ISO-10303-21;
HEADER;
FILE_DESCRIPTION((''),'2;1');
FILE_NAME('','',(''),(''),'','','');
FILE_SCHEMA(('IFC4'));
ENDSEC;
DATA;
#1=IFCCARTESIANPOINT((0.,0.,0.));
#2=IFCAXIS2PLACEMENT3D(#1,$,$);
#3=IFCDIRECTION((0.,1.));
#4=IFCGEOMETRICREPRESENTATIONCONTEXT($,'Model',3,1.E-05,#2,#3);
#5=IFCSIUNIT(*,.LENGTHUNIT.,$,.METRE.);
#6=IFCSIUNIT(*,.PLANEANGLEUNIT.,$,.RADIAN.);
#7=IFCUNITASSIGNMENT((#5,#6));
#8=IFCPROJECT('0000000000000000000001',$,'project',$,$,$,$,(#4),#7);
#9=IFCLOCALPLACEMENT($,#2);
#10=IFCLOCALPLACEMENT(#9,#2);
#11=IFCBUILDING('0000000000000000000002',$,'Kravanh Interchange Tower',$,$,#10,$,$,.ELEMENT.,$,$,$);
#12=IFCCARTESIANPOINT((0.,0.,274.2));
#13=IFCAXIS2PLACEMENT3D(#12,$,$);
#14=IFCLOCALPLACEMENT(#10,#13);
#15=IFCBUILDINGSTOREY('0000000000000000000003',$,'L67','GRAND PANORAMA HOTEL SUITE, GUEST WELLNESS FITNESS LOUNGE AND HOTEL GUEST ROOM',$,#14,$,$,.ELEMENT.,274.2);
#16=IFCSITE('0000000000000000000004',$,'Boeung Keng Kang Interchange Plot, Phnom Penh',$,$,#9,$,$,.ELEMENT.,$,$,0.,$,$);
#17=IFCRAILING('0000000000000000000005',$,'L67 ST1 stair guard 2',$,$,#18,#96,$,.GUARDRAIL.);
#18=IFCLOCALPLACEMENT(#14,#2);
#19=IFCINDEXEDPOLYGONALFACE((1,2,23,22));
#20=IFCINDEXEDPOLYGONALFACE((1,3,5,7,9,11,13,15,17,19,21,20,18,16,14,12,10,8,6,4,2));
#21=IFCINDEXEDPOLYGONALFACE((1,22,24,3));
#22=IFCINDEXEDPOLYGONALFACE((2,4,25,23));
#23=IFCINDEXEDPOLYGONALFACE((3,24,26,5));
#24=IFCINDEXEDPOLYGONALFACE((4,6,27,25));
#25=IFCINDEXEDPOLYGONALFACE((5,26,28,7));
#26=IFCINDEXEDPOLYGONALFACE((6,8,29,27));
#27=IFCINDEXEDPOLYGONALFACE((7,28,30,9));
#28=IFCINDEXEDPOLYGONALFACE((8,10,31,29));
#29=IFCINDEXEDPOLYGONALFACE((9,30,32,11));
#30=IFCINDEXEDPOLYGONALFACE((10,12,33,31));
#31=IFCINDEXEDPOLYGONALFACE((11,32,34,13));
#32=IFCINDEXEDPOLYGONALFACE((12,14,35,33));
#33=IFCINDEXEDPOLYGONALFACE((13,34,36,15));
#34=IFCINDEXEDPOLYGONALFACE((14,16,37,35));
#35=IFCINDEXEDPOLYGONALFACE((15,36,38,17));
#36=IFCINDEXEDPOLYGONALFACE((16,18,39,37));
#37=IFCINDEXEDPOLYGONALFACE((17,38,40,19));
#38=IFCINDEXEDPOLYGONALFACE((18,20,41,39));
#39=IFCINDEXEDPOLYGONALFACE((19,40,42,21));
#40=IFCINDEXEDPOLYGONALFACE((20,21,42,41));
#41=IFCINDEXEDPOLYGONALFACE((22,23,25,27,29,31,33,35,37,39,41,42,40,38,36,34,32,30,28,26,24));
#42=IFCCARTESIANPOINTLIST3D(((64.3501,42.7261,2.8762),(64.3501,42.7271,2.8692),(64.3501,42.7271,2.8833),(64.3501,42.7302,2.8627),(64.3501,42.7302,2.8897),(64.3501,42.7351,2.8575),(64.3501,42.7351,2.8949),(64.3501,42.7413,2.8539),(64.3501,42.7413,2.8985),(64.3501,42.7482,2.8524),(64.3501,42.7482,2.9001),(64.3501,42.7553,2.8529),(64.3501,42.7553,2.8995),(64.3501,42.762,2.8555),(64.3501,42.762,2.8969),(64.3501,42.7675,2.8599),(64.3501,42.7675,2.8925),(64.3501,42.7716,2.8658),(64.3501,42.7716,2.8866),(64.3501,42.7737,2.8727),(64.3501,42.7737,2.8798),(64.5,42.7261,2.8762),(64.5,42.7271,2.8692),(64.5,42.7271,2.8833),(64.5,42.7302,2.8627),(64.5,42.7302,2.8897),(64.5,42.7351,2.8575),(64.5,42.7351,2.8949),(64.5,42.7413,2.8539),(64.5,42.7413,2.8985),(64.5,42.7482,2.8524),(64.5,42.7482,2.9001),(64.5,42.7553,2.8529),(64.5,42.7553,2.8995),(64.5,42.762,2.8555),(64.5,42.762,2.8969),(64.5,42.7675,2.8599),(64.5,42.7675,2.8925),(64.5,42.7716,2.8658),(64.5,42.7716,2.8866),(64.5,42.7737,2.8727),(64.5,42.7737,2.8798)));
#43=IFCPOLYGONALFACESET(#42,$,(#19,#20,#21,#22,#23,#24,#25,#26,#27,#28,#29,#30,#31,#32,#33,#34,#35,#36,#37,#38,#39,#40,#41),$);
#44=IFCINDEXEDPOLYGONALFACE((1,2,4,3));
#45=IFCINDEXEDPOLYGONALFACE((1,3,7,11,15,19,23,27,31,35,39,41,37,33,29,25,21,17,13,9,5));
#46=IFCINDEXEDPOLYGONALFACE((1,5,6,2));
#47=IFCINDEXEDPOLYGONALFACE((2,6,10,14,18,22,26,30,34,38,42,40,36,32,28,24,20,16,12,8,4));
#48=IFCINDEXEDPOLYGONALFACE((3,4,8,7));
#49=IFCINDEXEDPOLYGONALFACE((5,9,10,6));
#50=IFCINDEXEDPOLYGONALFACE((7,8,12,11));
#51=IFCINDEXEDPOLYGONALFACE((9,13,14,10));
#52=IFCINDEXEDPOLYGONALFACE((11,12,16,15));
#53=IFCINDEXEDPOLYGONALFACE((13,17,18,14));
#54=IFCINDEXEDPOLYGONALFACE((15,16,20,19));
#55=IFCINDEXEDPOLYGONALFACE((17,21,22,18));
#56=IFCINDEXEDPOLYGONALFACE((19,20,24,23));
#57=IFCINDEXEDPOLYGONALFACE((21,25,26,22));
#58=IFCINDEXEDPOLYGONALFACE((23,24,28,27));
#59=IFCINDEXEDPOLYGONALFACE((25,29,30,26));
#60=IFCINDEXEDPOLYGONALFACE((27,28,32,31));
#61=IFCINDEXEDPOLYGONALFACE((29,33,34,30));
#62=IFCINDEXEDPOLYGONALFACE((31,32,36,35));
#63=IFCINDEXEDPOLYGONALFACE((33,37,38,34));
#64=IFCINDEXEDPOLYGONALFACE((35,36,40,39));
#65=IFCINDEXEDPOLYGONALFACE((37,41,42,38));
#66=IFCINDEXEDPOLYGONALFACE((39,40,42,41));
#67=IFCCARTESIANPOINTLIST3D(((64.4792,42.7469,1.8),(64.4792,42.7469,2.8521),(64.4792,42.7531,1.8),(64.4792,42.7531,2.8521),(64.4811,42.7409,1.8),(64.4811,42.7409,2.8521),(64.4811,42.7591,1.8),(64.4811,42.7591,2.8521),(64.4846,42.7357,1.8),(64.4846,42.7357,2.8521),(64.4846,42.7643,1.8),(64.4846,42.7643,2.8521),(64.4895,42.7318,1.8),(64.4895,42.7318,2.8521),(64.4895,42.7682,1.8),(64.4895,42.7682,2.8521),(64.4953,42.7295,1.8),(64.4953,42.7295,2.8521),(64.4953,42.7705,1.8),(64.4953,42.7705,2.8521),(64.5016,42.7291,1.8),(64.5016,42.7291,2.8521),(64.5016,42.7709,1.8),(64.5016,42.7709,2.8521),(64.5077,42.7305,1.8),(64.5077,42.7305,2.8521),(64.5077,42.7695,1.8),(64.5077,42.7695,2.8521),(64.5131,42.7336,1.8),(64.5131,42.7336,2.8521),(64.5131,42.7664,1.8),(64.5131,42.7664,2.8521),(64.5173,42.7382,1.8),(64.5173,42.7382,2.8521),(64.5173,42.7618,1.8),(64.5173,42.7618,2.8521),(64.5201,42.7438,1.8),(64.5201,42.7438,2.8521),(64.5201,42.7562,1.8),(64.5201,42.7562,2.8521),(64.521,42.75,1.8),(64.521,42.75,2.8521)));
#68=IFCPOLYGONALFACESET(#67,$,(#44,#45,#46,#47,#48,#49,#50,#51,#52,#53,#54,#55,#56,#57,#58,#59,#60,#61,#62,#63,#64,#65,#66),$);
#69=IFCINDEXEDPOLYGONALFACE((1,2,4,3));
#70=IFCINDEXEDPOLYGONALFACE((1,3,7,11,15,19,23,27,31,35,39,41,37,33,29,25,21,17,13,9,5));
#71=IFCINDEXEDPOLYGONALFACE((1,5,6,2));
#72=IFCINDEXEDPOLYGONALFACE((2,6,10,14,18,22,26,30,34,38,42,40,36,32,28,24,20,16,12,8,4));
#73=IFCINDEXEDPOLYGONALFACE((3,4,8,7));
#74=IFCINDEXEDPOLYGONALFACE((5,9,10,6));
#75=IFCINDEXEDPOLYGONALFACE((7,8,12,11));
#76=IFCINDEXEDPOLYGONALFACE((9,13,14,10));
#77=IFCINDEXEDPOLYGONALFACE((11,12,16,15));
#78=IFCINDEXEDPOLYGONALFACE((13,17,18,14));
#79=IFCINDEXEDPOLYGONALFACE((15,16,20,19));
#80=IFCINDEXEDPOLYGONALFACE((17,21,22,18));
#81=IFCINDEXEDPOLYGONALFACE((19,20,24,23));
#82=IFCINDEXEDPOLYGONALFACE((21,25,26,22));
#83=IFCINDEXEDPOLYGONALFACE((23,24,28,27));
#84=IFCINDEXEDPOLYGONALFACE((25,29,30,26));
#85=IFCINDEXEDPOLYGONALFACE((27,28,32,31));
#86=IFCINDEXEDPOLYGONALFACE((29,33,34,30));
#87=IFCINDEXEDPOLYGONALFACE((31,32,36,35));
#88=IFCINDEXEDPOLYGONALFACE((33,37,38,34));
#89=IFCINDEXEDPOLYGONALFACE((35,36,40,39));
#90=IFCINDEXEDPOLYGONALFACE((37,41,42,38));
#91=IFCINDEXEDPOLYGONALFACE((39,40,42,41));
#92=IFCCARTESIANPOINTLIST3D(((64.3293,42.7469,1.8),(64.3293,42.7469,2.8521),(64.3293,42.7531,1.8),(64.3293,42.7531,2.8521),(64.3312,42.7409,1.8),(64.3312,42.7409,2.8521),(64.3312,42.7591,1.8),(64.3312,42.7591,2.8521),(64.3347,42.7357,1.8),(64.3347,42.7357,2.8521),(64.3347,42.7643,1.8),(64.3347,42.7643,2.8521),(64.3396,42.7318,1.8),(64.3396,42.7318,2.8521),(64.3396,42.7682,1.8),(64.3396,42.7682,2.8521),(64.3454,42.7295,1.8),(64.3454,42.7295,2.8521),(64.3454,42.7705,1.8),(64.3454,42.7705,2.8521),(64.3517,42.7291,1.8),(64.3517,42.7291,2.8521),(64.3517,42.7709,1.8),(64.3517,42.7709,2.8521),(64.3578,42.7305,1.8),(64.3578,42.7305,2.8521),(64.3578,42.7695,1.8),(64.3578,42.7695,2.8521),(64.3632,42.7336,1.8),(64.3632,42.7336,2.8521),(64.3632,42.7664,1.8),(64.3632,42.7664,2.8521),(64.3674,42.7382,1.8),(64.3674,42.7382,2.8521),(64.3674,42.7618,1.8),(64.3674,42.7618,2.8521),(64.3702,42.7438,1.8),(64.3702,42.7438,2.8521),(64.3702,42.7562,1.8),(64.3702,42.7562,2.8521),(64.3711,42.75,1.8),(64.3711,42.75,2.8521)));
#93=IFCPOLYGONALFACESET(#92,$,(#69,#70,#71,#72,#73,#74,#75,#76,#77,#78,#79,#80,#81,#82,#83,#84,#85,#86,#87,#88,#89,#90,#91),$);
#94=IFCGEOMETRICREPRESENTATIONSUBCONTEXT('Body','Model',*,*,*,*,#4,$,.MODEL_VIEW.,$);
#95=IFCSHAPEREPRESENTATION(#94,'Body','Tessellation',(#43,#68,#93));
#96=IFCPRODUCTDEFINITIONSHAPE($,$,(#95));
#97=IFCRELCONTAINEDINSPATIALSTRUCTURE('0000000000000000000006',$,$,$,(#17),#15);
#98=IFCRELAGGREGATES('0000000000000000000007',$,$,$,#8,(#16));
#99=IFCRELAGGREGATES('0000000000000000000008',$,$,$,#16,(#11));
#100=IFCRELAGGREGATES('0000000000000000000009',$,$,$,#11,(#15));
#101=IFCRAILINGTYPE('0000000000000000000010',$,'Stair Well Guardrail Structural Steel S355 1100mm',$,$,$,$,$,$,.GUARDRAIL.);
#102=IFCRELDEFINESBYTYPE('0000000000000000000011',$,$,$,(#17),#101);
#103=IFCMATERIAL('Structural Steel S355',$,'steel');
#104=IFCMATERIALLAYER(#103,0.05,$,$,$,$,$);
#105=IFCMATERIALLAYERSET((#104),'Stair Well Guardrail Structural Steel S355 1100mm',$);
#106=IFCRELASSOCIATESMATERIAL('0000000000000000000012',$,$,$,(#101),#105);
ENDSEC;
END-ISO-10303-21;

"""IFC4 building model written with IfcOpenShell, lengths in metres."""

from ifc_helpers import new_model, si_unit, direction, frame, origin, origin_2d, place, context, subcontext, project, spatial, circle, extrude, material, layer, layer_set, type_object, element, save


model = new_model("IFC4")

# Units and contexts
model_context = context("Model", 3, precision=1e-05, world=origin(), true_north=direction((0.0, 1.0)))
body_context = subcontext(model_context, "Body", "Model", "MODEL_VIEW")
ifc_project = project(units=[si_unit("LENGTHUNIT", "METRE"), si_unit("PLANEANGLEUNIT", "RADIAN")], contexts=[model_context])

# Site, building, storey
site_placement = place(None, origin())
site = spatial("IfcSite", under=ifc_project, at=site_placement, Name="Boeung Keng Kang Interchange Plot, Phnom Penh", CompositionType="ELEMENT", RefElevation=0.0)
building_placement = place(site_placement, origin())
building = spatial("IfcBuilding", under=site, at=building_placement, Name="Kravanh Interchange Tower", CompositionType="ELEMENT")
storey_placement = place(building_placement, frame((0.0, 0.0, 274.2)))
storey = spatial("IfcBuildingStorey", under=building, at=storey_placement, Name="L67", Description="GRAND PANORAMA HOTEL SUITE, GUEST WELLNESS FITNESS LOUNGE AND HOTEL GUEST ROOM", CompositionType="ELEMENT", Elevation=274.2)

# Railing
ifc_material_1 = material(Name="Structural Steel S355", Category="steel")
ifc_layer_1 = layer(ifc_material_1, 0.05)
ifc_layer_set_1 = layer_set([ifc_layer_1], Name="Stair Well Guardrail Structural Steel S355 1100mm")
railing_type_1 = type_object("IfcRailingType", Name="Stair Well Guardrail Structural Steel S355 1100mm", PredefinedType="GUARDRAIL", material=ifc_layer_set_1)
railing_1_placement = place(storey_placement, frame((64.5, 42.75, 1.8)))
element("IfcRailing", 1, at=railing_1_placement, inside=storey, type_object=railing_type_1, Name="L67 ST1 stair guard 2", PredefinedType="GUARDRAIL", context=body_context, shape_type="SweptSolid", body=[
    extrude(circle(Radius=0.0239, at=origin_2d()), frame((0.0, 0.0, 1.0762), z_axis=(-1.0, 0.0, 0.0), x_axis=(0.0, -1.0, 0.0)), (0.0, 0.0, 1.0), 0.1499),
    extrude(circle(Radius=0.021, at=origin_2d()), origin(), (0.0, 0.0, 1.0), 1.052),
    extrude(circle(Radius=0.021, at=origin_2d()), frame((-0.1499, 0.0, 0.0)), (0.0, 0.0, 1.0), 1.052),
])

save(model, "model.ifc")
